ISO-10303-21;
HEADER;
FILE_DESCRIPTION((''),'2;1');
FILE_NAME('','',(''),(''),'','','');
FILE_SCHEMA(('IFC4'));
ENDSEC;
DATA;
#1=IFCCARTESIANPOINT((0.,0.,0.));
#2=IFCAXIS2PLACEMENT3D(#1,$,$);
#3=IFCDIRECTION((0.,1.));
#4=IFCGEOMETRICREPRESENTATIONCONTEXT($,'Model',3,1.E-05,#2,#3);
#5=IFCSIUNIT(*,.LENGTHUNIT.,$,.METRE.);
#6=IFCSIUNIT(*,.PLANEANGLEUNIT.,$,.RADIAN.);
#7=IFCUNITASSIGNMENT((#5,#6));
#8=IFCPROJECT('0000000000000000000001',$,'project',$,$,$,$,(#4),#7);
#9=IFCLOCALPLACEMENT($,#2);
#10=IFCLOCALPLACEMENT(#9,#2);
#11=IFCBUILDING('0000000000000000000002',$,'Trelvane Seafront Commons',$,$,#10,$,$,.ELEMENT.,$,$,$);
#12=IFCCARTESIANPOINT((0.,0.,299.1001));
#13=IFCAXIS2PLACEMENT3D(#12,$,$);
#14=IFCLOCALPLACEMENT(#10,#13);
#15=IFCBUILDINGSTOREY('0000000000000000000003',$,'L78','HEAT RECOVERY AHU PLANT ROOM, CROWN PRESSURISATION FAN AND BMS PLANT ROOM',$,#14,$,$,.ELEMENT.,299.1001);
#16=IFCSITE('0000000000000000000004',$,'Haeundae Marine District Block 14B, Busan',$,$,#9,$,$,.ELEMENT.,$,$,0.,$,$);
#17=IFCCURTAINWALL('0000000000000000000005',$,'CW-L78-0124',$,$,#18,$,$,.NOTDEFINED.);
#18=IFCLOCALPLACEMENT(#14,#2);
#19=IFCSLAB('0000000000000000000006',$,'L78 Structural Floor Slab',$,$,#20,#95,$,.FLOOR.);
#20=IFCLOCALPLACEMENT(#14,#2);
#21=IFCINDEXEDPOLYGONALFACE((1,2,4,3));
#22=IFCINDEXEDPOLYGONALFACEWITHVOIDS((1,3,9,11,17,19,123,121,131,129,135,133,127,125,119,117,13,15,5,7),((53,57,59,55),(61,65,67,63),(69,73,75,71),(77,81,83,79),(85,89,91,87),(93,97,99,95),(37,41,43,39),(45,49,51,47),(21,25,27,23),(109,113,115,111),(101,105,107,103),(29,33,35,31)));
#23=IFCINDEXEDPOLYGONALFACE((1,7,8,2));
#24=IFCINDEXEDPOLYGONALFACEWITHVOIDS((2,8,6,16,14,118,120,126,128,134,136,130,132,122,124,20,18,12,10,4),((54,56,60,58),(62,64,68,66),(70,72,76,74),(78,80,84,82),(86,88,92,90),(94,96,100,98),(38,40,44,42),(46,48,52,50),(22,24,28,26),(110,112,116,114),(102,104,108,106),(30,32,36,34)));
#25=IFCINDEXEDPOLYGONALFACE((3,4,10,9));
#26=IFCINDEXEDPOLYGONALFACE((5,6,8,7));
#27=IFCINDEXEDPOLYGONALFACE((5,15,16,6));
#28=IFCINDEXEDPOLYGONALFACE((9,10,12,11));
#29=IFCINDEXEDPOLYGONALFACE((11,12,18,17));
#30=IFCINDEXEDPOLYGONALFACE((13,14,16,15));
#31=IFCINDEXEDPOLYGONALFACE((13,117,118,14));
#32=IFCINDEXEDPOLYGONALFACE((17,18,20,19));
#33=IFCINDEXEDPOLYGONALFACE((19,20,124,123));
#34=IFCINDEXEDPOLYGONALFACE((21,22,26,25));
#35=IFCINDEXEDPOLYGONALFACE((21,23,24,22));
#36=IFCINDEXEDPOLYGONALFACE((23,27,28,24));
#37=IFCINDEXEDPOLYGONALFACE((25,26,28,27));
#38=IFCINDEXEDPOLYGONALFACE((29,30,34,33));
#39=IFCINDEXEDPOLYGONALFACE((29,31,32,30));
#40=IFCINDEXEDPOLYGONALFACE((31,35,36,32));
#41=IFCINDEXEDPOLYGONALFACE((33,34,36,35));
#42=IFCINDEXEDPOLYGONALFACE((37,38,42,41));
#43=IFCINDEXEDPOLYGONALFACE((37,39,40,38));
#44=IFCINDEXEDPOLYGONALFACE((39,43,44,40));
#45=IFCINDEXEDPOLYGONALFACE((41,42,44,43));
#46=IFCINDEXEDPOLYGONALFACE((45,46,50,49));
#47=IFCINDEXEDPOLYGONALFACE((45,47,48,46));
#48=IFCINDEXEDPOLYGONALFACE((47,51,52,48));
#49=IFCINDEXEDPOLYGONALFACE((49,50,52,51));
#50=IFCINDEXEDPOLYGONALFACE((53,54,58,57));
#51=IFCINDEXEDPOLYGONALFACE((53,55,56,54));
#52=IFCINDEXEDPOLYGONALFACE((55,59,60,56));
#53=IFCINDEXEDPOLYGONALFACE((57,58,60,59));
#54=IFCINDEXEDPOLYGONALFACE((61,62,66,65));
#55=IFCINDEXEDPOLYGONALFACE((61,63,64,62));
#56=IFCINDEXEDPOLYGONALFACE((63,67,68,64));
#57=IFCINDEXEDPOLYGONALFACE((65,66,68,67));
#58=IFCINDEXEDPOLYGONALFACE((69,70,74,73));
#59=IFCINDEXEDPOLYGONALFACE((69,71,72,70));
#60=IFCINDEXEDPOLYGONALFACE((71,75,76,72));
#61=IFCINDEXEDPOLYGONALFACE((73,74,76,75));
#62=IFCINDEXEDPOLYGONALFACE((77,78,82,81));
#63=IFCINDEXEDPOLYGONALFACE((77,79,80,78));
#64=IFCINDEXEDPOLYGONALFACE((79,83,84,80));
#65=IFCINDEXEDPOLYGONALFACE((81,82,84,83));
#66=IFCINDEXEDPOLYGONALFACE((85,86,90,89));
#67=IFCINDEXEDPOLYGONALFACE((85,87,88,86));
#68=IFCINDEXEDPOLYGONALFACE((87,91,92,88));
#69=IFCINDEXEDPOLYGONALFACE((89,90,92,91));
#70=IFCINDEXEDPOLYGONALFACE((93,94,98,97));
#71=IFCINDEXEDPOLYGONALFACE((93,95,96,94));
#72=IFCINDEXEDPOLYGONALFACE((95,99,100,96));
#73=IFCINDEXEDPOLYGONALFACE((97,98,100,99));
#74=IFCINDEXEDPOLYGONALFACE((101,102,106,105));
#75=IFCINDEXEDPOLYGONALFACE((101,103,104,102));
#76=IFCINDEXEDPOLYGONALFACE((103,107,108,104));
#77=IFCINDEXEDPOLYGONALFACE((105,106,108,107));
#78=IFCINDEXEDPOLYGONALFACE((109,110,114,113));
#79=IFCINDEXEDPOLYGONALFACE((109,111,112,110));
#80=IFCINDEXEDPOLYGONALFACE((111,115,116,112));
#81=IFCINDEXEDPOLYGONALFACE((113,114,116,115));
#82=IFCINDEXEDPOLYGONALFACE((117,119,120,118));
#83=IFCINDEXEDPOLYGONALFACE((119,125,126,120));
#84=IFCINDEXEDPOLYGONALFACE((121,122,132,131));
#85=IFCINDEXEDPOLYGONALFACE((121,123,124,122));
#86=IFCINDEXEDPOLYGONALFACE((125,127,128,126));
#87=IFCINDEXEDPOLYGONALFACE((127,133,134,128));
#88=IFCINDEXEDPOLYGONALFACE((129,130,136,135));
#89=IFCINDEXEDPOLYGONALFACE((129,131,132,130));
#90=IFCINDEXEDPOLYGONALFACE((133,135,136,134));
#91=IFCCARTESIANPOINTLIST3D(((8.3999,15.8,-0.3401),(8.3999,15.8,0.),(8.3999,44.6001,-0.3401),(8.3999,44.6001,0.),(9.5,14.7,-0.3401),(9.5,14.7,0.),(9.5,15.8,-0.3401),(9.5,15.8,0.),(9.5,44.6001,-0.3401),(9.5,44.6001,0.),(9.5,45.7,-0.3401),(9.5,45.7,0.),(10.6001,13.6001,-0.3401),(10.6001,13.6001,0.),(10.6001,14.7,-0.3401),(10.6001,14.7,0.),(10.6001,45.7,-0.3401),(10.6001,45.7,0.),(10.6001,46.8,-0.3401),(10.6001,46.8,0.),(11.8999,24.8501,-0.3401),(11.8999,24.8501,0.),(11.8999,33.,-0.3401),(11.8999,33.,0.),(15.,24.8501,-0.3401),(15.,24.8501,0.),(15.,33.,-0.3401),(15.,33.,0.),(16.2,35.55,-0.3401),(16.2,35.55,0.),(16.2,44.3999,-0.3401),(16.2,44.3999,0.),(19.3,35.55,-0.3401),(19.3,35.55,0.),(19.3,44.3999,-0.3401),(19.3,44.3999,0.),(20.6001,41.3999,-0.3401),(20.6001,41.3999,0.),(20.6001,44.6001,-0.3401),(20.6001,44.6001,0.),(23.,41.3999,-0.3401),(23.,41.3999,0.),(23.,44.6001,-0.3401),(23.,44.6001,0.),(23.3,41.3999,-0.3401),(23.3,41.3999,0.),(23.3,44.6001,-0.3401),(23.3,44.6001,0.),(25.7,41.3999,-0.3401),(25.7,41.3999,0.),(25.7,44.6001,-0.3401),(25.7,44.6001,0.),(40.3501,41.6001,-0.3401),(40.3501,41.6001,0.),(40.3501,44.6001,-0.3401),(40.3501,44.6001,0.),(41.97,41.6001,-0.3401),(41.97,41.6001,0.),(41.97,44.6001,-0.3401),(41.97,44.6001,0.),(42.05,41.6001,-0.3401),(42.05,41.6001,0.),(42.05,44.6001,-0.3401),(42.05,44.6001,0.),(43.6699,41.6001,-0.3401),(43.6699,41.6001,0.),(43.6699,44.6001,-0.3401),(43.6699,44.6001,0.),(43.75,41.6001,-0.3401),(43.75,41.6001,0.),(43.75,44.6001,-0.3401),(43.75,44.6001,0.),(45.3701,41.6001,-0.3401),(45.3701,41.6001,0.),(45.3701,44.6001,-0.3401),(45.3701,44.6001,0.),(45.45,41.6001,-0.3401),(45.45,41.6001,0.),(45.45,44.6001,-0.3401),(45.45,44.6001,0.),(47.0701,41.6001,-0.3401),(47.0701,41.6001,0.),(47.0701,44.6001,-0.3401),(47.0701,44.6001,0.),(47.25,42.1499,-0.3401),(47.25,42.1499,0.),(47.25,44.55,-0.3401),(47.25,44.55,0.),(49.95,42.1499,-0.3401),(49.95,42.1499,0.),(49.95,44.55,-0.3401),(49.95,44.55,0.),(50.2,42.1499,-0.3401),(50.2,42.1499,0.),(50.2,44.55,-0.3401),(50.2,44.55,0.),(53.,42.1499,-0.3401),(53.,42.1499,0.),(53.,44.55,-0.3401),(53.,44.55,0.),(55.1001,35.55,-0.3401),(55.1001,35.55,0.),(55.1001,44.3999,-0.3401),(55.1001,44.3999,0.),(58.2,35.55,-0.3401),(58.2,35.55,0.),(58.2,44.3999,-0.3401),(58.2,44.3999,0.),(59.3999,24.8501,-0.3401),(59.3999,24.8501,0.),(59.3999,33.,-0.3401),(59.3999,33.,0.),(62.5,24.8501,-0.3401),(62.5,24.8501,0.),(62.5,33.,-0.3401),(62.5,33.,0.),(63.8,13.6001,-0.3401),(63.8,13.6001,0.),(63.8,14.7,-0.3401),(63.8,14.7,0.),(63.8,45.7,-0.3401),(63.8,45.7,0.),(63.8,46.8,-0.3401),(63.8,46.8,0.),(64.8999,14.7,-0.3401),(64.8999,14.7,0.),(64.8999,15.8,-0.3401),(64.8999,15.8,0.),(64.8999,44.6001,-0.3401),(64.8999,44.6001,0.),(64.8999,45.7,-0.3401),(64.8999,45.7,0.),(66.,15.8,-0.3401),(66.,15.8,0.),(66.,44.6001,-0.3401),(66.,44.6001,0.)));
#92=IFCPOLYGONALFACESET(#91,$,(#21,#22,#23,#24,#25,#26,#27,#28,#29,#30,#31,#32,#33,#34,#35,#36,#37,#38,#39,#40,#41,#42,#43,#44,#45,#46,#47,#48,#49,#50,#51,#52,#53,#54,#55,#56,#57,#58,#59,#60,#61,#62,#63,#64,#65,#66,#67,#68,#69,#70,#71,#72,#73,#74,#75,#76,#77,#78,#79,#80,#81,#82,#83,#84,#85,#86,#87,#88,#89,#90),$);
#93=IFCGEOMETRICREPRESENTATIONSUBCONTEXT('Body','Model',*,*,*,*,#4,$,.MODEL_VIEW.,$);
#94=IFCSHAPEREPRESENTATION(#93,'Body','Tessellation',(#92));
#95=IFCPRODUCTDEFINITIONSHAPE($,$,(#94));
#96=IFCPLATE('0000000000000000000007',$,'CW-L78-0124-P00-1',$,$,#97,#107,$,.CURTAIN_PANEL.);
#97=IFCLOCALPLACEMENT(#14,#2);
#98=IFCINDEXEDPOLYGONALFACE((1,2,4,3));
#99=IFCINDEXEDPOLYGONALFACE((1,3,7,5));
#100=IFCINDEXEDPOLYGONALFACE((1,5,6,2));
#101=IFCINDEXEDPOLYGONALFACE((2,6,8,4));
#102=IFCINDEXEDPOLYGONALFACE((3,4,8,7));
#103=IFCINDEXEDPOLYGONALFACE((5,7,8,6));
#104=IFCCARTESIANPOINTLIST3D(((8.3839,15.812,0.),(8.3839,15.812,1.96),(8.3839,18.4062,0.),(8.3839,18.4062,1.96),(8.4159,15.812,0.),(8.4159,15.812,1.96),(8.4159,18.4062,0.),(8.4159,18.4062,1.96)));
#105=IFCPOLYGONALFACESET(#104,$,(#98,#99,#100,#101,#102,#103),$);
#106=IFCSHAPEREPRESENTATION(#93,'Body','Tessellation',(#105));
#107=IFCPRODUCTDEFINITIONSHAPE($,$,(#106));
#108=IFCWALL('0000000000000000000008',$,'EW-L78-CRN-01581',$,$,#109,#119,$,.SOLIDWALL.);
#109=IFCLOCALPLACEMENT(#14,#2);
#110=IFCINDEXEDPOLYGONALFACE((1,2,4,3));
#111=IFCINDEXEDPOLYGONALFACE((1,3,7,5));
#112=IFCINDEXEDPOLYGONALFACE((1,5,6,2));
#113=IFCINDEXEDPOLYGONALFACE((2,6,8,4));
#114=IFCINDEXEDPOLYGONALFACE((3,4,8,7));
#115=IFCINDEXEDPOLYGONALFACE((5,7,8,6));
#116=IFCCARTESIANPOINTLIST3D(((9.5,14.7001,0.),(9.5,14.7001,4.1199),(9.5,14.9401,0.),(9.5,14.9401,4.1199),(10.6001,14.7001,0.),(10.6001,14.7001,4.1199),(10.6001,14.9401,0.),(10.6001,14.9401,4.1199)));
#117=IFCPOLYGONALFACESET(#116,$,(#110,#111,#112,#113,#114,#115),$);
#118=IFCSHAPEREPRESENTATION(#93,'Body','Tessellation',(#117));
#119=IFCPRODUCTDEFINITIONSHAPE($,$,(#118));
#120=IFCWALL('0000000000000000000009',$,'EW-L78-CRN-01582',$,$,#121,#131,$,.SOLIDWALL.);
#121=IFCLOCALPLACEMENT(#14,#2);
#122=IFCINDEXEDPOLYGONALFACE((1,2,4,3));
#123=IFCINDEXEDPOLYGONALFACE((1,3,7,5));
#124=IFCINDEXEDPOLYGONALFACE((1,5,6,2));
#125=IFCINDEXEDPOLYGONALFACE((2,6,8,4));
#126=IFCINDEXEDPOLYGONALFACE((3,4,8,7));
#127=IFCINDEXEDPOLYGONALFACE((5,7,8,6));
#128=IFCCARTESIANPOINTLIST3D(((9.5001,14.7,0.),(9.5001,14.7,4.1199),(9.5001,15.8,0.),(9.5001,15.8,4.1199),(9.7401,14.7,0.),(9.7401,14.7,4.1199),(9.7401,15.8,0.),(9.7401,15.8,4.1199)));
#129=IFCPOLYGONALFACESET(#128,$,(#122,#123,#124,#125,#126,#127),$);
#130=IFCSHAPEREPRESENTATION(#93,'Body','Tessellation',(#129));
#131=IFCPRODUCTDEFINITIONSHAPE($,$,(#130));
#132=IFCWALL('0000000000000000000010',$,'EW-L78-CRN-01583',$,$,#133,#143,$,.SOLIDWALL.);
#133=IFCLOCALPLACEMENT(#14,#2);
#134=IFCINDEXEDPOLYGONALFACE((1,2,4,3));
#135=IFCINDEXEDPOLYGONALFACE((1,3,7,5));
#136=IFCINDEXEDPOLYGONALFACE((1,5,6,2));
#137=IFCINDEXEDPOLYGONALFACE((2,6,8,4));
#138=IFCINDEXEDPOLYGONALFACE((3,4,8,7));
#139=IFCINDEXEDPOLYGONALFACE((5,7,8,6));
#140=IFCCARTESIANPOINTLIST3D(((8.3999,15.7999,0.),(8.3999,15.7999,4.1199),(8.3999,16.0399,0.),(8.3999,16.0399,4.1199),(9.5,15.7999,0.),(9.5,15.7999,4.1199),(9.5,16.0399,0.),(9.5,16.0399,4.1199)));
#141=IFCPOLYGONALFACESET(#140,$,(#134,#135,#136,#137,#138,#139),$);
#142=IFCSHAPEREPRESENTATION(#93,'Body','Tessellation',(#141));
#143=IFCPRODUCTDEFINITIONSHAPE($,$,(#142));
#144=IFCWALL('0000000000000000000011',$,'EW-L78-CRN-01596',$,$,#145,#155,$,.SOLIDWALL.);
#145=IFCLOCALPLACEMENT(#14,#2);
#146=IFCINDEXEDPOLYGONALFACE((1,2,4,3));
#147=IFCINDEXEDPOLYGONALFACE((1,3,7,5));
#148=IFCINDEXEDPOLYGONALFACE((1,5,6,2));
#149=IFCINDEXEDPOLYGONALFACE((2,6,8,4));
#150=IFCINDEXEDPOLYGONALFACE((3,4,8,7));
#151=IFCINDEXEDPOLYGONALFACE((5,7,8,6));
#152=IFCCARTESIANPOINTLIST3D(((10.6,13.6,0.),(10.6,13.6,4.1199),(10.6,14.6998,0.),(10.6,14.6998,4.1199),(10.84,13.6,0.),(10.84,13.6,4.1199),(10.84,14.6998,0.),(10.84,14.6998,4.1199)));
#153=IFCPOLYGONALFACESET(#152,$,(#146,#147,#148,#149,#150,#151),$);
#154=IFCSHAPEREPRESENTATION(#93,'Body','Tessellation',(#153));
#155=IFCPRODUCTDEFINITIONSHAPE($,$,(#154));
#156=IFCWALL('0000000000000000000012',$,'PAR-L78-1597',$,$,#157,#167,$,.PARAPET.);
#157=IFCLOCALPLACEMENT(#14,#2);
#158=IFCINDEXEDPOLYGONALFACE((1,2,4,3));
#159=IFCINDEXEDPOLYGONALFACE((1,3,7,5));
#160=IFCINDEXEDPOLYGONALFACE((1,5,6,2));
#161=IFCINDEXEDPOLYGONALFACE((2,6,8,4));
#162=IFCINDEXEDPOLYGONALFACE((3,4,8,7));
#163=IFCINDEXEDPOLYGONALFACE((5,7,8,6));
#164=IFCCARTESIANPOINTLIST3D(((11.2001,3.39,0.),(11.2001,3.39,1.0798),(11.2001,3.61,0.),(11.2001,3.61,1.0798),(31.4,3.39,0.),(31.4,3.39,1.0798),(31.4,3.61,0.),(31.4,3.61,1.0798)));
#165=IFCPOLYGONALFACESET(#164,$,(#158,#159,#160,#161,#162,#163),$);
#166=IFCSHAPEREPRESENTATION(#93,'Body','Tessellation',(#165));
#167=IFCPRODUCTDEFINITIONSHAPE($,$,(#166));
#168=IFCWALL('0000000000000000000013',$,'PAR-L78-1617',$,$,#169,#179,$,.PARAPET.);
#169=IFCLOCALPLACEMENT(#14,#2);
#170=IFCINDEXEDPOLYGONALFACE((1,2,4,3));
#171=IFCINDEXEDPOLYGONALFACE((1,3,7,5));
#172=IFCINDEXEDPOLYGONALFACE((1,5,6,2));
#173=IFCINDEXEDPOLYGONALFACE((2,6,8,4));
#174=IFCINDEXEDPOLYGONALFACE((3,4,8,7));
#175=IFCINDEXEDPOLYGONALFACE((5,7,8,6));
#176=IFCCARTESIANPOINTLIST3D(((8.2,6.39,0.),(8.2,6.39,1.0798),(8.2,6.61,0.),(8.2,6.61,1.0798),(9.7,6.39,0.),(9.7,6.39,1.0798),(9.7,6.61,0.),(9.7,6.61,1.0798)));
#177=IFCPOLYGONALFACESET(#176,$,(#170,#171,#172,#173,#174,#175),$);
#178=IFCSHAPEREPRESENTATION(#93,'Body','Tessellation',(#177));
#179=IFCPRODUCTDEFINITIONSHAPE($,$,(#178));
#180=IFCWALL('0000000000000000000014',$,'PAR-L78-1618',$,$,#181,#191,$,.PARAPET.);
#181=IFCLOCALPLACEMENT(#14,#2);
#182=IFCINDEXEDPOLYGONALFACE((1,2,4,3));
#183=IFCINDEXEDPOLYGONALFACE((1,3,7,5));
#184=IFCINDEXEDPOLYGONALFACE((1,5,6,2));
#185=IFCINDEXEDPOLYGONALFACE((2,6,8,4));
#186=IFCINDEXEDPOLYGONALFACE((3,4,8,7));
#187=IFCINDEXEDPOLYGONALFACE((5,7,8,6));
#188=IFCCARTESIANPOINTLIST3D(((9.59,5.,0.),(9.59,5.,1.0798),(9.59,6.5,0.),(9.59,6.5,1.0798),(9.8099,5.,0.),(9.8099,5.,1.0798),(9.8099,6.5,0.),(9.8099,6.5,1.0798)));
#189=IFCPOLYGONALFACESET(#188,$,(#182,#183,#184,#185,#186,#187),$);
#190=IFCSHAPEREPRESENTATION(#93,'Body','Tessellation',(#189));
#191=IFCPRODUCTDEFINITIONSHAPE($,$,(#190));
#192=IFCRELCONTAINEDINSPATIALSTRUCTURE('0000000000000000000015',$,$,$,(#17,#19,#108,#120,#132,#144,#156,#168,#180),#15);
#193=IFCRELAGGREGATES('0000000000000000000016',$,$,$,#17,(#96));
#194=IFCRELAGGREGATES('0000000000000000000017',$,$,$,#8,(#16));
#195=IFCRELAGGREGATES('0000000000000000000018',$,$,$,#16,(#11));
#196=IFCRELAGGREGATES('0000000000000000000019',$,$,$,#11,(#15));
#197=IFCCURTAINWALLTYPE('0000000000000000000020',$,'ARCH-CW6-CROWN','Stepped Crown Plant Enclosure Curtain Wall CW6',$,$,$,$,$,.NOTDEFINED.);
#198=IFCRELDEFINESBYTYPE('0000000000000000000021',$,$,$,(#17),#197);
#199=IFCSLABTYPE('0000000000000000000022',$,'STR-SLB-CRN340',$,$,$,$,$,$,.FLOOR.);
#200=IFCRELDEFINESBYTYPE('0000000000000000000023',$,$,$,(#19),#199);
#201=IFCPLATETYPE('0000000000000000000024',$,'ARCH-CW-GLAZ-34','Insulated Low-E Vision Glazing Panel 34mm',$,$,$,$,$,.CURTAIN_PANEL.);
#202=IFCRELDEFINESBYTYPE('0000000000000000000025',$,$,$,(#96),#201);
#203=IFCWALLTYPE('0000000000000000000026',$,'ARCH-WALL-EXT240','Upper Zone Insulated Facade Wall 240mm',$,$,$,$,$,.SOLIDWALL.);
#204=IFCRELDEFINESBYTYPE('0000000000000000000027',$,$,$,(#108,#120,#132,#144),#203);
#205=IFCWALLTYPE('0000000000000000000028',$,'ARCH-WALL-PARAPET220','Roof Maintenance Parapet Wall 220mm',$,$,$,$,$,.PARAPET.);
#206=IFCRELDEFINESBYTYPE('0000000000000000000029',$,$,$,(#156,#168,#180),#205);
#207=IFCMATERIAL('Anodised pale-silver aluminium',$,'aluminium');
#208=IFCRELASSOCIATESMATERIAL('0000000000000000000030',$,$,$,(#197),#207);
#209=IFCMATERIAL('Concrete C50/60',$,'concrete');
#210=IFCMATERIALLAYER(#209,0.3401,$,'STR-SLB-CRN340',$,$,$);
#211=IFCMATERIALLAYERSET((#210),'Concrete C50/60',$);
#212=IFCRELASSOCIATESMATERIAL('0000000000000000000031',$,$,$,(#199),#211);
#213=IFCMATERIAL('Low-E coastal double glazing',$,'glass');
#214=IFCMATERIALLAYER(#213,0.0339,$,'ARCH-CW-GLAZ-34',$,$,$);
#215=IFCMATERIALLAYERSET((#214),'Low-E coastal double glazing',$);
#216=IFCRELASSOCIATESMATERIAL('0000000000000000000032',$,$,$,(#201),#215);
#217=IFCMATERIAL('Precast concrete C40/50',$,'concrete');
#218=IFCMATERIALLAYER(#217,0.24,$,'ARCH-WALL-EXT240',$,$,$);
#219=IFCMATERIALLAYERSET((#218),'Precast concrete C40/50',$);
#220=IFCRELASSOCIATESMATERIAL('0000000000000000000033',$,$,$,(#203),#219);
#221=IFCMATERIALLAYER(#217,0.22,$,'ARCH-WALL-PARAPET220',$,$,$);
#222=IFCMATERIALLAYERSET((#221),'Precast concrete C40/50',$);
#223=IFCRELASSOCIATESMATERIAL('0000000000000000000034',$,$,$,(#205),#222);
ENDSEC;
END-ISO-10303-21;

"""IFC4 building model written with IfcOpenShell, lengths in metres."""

from ifc_helpers import new_model, si_unit, direction, frame, frame_2d, origin, origin_2d, place, context, subcontext, project, spatial, polyline, rectangle, outline, extrude, source, transform, mapped, material, layer, layer_set, type_object, element, aggregate, save


model = new_model("IFC4")

# Units and contexts
model_context = context("Model", 3, precision=1e-05, world=origin(), true_north=direction((0.0, 1.0)))
body_context = subcontext(model_context, "Body", "Model", "MODEL_VIEW")
ifc_project = project(units=[si_unit("LENGTHUNIT", "METRE"), si_unit("PLANEANGLEUNIT", "RADIAN")], contexts=[model_context])

# Site, building, storey
site_placement = place(None, origin())
site = spatial("IfcSite", under=ifc_project, at=site_placement, Name="Haeundae Marine District Block 14B, Busan", CompositionType="ELEMENT", RefElevation=0.0)
building_placement = place(site_placement, origin())
building = spatial("IfcBuilding", under=site, at=building_placement, Name="Trelvane Seafront Commons", CompositionType="ELEMENT")
storey_placement = place(building_placement, frame((0.0, 0.0, 299.1001)))
storey = spatial("IfcBuildingStorey", under=building, at=storey_placement, Name="L78", Description="HEAT RECOVERY AHU PLANT ROOM, CROWN PRESSURISATION FAN AND BMS PLANT ROOM", CompositionType="ELEMENT", Elevation=299.1001)

# Curtain wall
ifc_material_1 = material(Name="Anodised pale-silver aluminium", Category="aluminium")
curtain_wall_type = type_object("IfcCurtainWallType", Name="ARCH-CW6-CROWN", Description="Stepped Crown Plant Enclosure Curtain Wall CW6", PredefinedType="NOTDEFINED", material=ifc_material_1)
curtain_wall_1_placement = place(storey_placement, origin())
curtain_wall_1 = element("IfcCurtainWall", 1, at=curtain_wall_1_placement, inside=storey, type_object=curtain_wall_type, Name="CW-L78-0124", PredefinedType="NOTDEFINED")

# Slab
ifc_material_2 = material(Name="Concrete C50/60", Category="concrete")
ifc_layer_1 = layer(ifc_material_2, 0.3401, Name="STR-SLB-CRN340")
ifc_layer_set_1 = layer_set([ifc_layer_1], Name="Concrete C50/60")
slab_type_1 = type_object("IfcSlabType", Name="STR-SLB-CRN340", PredefinedType="FLOOR", material=ifc_layer_set_1)
slab_1_placement = place(storey_placement, frame((0.0, 0.0, -0.3401)))
element("IfcSlab", 2, at=slab_1_placement, inside=storey, type_object=slab_type_1, Name="L78 Structural Floor Slab", PredefinedType="FLOOR", context=body_context, shape_type="SweptSolid", body=[
    extrude(outline(polyline([(10.6001, 13.6001), (63.8, 13.6001), (63.8, 14.7), (64.8999, 14.7), (64.8999, 15.8), (66.0, 15.8), (66.0, 44.6001), (64.8999, 44.6001), (64.8999, 45.7), (63.8, 45.7), (63.8, 46.8), (10.6001, 46.8), (10.6001, 45.7), (9.5, 45.7), (9.5, 44.6001), (8.3999, 44.6001), (8.3999, 15.8), (9.5, 15.8), (9.5, 14.7), (10.6001, 14.7), (10.6001, 13.6001)]), holes=[polyline([(15.0, 24.8501), (11.8999, 24.8501), (11.8999, 33.0), (15.0, 33.0), (15.0, 24.8501)]), polyline([(16.2, 35.55), (16.2, 44.3999), (19.3, 44.3999), (19.3, 35.55), (16.2, 35.55)]), polyline([(20.6001, 41.3999), (20.6001, 44.6001), (23.0, 44.6001), (23.0, 41.3999), (20.6001, 41.3999)]), polyline([(25.7, 41.3999), (23.3, 41.3999), (23.3, 44.6001), (25.7, 44.6001), (25.7, 41.3999)]), polyline([(40.3501, 41.6001), (40.3501, 44.6001), (41.97, 44.6001), (41.97, 41.6001), (40.3501, 41.6001)]), polyline([(42.05, 41.6001), (42.05, 44.6001), (43.6699, 44.6001), (43.6699, 41.6001), (42.05, 41.6001)]), polyline([(62.5, 24.8501), (59.3999, 24.8501), (59.3999, 33.0), (62.5, 33.0), (62.5, 24.8501)]), polyline([(55.1001, 35.55), (55.1001, 44.3999), (58.2, 44.3999), (58.2, 35.55), (55.1001, 35.55)]), polyline([(43.75, 41.6001), (43.75, 44.6001), (45.3701, 44.6001), (45.3701, 41.6001), (43.75, 41.6001)]), polyline([(47.0701, 41.6001), (45.45, 41.6001), (45.45, 44.6001), (47.0701, 44.6001), (47.0701, 41.6001)]), polyline([(47.25, 42.1499), (47.25, 44.55), (49.95, 44.55), (49.95, 42.1499), (47.25, 42.1499)]), polyline([(50.2, 42.1499), (50.2, 44.55), (53.0, 44.55), (53.0, 42.1499), (50.2, 42.1499)])]), origin(), (0.0, 0.0, 1.0), 0.3401),
])

# Plate
ifc_material_3 = material(Name="Low-E coastal double glazing", Category="glass")
ifc_layer_2 = layer(ifc_material_3, 0.0339, Name="ARCH-CW-GLAZ-34")
ifc_layer_set_2 = layer_set([ifc_layer_2], Name="Low-E coastal double glazing")
plate_type = type_object("IfcPlateType", Name="ARCH-CW-GLAZ-34", Description="Insulated Low-E Vision Glazing Panel 34mm", PredefinedType="CURTAIN_PANEL", material=ifc_layer_set_2)
shared_shape_1 = source(origin(), body_context, "Body", "SweptSolid", [
    extrude(rectangle(XDim=2.5942, YDim=0.032, at=origin_2d()), origin(), (0.0, 0.0, 1.0), 1.96),
])
plate_placement = place(storey_placement, frame((8.3999, 17.1091, 0.0), z_axis=(0.0, 0.0, 1.0), x_axis=(0.0, 1.0, 0.0)))
plate = element("IfcPlate", 3, at=plate_placement, type_object=plate_type, Name="CW-L78-0124-P00-1", PredefinedType="CURTAIN_PANEL", context=body_context, shape_type="MappedRepresentation", body=[
    mapped(shared_shape_1, transform((0.0, 0.0, 0.0), x_axis=(1.0, 0.0, 0.0), y_axis=(0.0, 1.0, 0.0), z_axis=(0.0, 0.0, 1.0), scale=1.0)),
])
aggregate(curtain_wall_1, [plate])

# Walls
ifc_material_4 = material(Name="Precast concrete C40/50", Category="concrete")
ifc_layer_3 = layer(ifc_material_4, 0.24, Name="ARCH-WALL-EXT240")
ifc_layer_set_3 = layer_set([ifc_layer_3], Name="Precast concrete C40/50")
wall_type_1 = type_object("IfcWallType", Name="ARCH-WALL-EXT240", Description="Upper Zone Insulated Facade Wall 240mm", PredefinedType="SOLIDWALL", material=ifc_layer_set_3)
for number, where, z_axis, x_axis, name in (
    (4, (10.6001, 14.8201, 0.0), (0.0, 0.0, 1.0), (-1.0, 0.0, 0.0), "EW-L78-CRN-01581"),
    (5, (9.6201, 14.7, 0.0), (0.0, 0.0, 1.0), (0.0, 1.0, 0.0), "EW-L78-CRN-01582"),
    (6, (9.5, 15.9199, 0.0), (0.0, 0.0, 1.0), (-1.0, 0.0, 0.0), "EW-L78-CRN-01583"),
):
    element("IfcWall", number, at=place(storey_placement, frame(where, z_axis=z_axis, x_axis=x_axis)), inside=storey, type_object=wall_type_1, Name=name, PredefinedType="SOLIDWALL", context=body_context, shape_type="SweptSolid", body=[
        extrude(rectangle(XDim=1.1001, YDim=0.24, at=frame_2d((0.55, 0.0))), origin(), (0.0, 0.0, 1.0), 4.1199),
    ])
wall_1_placement = place(storey_placement, frame((10.72, 13.6001, 0.0), z_axis=(0.0, 0.0, 1.0), x_axis=(0.0, 1.0, 0.0)))
element("IfcWall", 7, at=wall_1_placement, inside=storey, type_object=wall_type_1, Name="EW-L78-CRN-01596", PredefinedType="SOLIDWALL", context=body_context, shape_type="SweptSolid", body=[
    extrude(rectangle(XDim=1.0999, YDim=0.24, at=frame_2d((0.5498, 0.0))), origin(), (0.0, 0.0, 1.0), 4.1199),
])
ifc_layer_4 = layer(ifc_material_4, 0.22, Name="ARCH-WALL-PARAPET220")
ifc_layer_set_4 = layer_set([ifc_layer_4], Name="Precast concrete C40/50")
wall_type_2 = type_object("IfcWallType", Name="ARCH-WALL-PARAPET220", Description="Roof Maintenance Parapet Wall 220mm", PredefinedType="PARAPET", material=ifc_layer_set_4)
wall_2_placement = place(storey_placement, frame((11.2, 3.5, 0.0), z_axis=(0.0, 0.0, 1.0), x_axis=(1.0, 0.0, 0.0)))
element("IfcWall", 8, at=wall_2_placement, inside=storey, type_object=wall_type_2, Name="PAR-L78-1597", PredefinedType="PARAPET", context=body_context, shape_type="SweptSolid", body=[
    extrude(rectangle(XDim=20.2, YDim=0.22, at=frame_2d((10.1001, 0.0))), origin(), (0.0, 0.0, 1.0), 1.0798),
])
for number, where, z_axis, x_axis, name in (
    (9, (8.2, 6.5, 0.0), (0.0, 0.0, 1.0), (1.0, 0.0, 0.0), "PAR-L78-1617"),
    (10, (9.7, 6.5, 0.0), (0.0, 0.0, 1.0), (0.0, -1.0, 0.0), "PAR-L78-1618"),
):
    element("IfcWall", number, at=place(storey_placement, frame(where, z_axis=z_axis, x_axis=x_axis)), inside=storey, type_object=wall_type_2, Name=name, PredefinedType="PARAPET", context=body_context, shape_type="SweptSolid", body=[
        extrude(rectangle(XDim=1.5, YDim=0.22, at=frame_2d((0.75, 0.0))), origin(), (0.0, 0.0, 1.0), 1.0798),
    ])

save(model, "model.ifc")
